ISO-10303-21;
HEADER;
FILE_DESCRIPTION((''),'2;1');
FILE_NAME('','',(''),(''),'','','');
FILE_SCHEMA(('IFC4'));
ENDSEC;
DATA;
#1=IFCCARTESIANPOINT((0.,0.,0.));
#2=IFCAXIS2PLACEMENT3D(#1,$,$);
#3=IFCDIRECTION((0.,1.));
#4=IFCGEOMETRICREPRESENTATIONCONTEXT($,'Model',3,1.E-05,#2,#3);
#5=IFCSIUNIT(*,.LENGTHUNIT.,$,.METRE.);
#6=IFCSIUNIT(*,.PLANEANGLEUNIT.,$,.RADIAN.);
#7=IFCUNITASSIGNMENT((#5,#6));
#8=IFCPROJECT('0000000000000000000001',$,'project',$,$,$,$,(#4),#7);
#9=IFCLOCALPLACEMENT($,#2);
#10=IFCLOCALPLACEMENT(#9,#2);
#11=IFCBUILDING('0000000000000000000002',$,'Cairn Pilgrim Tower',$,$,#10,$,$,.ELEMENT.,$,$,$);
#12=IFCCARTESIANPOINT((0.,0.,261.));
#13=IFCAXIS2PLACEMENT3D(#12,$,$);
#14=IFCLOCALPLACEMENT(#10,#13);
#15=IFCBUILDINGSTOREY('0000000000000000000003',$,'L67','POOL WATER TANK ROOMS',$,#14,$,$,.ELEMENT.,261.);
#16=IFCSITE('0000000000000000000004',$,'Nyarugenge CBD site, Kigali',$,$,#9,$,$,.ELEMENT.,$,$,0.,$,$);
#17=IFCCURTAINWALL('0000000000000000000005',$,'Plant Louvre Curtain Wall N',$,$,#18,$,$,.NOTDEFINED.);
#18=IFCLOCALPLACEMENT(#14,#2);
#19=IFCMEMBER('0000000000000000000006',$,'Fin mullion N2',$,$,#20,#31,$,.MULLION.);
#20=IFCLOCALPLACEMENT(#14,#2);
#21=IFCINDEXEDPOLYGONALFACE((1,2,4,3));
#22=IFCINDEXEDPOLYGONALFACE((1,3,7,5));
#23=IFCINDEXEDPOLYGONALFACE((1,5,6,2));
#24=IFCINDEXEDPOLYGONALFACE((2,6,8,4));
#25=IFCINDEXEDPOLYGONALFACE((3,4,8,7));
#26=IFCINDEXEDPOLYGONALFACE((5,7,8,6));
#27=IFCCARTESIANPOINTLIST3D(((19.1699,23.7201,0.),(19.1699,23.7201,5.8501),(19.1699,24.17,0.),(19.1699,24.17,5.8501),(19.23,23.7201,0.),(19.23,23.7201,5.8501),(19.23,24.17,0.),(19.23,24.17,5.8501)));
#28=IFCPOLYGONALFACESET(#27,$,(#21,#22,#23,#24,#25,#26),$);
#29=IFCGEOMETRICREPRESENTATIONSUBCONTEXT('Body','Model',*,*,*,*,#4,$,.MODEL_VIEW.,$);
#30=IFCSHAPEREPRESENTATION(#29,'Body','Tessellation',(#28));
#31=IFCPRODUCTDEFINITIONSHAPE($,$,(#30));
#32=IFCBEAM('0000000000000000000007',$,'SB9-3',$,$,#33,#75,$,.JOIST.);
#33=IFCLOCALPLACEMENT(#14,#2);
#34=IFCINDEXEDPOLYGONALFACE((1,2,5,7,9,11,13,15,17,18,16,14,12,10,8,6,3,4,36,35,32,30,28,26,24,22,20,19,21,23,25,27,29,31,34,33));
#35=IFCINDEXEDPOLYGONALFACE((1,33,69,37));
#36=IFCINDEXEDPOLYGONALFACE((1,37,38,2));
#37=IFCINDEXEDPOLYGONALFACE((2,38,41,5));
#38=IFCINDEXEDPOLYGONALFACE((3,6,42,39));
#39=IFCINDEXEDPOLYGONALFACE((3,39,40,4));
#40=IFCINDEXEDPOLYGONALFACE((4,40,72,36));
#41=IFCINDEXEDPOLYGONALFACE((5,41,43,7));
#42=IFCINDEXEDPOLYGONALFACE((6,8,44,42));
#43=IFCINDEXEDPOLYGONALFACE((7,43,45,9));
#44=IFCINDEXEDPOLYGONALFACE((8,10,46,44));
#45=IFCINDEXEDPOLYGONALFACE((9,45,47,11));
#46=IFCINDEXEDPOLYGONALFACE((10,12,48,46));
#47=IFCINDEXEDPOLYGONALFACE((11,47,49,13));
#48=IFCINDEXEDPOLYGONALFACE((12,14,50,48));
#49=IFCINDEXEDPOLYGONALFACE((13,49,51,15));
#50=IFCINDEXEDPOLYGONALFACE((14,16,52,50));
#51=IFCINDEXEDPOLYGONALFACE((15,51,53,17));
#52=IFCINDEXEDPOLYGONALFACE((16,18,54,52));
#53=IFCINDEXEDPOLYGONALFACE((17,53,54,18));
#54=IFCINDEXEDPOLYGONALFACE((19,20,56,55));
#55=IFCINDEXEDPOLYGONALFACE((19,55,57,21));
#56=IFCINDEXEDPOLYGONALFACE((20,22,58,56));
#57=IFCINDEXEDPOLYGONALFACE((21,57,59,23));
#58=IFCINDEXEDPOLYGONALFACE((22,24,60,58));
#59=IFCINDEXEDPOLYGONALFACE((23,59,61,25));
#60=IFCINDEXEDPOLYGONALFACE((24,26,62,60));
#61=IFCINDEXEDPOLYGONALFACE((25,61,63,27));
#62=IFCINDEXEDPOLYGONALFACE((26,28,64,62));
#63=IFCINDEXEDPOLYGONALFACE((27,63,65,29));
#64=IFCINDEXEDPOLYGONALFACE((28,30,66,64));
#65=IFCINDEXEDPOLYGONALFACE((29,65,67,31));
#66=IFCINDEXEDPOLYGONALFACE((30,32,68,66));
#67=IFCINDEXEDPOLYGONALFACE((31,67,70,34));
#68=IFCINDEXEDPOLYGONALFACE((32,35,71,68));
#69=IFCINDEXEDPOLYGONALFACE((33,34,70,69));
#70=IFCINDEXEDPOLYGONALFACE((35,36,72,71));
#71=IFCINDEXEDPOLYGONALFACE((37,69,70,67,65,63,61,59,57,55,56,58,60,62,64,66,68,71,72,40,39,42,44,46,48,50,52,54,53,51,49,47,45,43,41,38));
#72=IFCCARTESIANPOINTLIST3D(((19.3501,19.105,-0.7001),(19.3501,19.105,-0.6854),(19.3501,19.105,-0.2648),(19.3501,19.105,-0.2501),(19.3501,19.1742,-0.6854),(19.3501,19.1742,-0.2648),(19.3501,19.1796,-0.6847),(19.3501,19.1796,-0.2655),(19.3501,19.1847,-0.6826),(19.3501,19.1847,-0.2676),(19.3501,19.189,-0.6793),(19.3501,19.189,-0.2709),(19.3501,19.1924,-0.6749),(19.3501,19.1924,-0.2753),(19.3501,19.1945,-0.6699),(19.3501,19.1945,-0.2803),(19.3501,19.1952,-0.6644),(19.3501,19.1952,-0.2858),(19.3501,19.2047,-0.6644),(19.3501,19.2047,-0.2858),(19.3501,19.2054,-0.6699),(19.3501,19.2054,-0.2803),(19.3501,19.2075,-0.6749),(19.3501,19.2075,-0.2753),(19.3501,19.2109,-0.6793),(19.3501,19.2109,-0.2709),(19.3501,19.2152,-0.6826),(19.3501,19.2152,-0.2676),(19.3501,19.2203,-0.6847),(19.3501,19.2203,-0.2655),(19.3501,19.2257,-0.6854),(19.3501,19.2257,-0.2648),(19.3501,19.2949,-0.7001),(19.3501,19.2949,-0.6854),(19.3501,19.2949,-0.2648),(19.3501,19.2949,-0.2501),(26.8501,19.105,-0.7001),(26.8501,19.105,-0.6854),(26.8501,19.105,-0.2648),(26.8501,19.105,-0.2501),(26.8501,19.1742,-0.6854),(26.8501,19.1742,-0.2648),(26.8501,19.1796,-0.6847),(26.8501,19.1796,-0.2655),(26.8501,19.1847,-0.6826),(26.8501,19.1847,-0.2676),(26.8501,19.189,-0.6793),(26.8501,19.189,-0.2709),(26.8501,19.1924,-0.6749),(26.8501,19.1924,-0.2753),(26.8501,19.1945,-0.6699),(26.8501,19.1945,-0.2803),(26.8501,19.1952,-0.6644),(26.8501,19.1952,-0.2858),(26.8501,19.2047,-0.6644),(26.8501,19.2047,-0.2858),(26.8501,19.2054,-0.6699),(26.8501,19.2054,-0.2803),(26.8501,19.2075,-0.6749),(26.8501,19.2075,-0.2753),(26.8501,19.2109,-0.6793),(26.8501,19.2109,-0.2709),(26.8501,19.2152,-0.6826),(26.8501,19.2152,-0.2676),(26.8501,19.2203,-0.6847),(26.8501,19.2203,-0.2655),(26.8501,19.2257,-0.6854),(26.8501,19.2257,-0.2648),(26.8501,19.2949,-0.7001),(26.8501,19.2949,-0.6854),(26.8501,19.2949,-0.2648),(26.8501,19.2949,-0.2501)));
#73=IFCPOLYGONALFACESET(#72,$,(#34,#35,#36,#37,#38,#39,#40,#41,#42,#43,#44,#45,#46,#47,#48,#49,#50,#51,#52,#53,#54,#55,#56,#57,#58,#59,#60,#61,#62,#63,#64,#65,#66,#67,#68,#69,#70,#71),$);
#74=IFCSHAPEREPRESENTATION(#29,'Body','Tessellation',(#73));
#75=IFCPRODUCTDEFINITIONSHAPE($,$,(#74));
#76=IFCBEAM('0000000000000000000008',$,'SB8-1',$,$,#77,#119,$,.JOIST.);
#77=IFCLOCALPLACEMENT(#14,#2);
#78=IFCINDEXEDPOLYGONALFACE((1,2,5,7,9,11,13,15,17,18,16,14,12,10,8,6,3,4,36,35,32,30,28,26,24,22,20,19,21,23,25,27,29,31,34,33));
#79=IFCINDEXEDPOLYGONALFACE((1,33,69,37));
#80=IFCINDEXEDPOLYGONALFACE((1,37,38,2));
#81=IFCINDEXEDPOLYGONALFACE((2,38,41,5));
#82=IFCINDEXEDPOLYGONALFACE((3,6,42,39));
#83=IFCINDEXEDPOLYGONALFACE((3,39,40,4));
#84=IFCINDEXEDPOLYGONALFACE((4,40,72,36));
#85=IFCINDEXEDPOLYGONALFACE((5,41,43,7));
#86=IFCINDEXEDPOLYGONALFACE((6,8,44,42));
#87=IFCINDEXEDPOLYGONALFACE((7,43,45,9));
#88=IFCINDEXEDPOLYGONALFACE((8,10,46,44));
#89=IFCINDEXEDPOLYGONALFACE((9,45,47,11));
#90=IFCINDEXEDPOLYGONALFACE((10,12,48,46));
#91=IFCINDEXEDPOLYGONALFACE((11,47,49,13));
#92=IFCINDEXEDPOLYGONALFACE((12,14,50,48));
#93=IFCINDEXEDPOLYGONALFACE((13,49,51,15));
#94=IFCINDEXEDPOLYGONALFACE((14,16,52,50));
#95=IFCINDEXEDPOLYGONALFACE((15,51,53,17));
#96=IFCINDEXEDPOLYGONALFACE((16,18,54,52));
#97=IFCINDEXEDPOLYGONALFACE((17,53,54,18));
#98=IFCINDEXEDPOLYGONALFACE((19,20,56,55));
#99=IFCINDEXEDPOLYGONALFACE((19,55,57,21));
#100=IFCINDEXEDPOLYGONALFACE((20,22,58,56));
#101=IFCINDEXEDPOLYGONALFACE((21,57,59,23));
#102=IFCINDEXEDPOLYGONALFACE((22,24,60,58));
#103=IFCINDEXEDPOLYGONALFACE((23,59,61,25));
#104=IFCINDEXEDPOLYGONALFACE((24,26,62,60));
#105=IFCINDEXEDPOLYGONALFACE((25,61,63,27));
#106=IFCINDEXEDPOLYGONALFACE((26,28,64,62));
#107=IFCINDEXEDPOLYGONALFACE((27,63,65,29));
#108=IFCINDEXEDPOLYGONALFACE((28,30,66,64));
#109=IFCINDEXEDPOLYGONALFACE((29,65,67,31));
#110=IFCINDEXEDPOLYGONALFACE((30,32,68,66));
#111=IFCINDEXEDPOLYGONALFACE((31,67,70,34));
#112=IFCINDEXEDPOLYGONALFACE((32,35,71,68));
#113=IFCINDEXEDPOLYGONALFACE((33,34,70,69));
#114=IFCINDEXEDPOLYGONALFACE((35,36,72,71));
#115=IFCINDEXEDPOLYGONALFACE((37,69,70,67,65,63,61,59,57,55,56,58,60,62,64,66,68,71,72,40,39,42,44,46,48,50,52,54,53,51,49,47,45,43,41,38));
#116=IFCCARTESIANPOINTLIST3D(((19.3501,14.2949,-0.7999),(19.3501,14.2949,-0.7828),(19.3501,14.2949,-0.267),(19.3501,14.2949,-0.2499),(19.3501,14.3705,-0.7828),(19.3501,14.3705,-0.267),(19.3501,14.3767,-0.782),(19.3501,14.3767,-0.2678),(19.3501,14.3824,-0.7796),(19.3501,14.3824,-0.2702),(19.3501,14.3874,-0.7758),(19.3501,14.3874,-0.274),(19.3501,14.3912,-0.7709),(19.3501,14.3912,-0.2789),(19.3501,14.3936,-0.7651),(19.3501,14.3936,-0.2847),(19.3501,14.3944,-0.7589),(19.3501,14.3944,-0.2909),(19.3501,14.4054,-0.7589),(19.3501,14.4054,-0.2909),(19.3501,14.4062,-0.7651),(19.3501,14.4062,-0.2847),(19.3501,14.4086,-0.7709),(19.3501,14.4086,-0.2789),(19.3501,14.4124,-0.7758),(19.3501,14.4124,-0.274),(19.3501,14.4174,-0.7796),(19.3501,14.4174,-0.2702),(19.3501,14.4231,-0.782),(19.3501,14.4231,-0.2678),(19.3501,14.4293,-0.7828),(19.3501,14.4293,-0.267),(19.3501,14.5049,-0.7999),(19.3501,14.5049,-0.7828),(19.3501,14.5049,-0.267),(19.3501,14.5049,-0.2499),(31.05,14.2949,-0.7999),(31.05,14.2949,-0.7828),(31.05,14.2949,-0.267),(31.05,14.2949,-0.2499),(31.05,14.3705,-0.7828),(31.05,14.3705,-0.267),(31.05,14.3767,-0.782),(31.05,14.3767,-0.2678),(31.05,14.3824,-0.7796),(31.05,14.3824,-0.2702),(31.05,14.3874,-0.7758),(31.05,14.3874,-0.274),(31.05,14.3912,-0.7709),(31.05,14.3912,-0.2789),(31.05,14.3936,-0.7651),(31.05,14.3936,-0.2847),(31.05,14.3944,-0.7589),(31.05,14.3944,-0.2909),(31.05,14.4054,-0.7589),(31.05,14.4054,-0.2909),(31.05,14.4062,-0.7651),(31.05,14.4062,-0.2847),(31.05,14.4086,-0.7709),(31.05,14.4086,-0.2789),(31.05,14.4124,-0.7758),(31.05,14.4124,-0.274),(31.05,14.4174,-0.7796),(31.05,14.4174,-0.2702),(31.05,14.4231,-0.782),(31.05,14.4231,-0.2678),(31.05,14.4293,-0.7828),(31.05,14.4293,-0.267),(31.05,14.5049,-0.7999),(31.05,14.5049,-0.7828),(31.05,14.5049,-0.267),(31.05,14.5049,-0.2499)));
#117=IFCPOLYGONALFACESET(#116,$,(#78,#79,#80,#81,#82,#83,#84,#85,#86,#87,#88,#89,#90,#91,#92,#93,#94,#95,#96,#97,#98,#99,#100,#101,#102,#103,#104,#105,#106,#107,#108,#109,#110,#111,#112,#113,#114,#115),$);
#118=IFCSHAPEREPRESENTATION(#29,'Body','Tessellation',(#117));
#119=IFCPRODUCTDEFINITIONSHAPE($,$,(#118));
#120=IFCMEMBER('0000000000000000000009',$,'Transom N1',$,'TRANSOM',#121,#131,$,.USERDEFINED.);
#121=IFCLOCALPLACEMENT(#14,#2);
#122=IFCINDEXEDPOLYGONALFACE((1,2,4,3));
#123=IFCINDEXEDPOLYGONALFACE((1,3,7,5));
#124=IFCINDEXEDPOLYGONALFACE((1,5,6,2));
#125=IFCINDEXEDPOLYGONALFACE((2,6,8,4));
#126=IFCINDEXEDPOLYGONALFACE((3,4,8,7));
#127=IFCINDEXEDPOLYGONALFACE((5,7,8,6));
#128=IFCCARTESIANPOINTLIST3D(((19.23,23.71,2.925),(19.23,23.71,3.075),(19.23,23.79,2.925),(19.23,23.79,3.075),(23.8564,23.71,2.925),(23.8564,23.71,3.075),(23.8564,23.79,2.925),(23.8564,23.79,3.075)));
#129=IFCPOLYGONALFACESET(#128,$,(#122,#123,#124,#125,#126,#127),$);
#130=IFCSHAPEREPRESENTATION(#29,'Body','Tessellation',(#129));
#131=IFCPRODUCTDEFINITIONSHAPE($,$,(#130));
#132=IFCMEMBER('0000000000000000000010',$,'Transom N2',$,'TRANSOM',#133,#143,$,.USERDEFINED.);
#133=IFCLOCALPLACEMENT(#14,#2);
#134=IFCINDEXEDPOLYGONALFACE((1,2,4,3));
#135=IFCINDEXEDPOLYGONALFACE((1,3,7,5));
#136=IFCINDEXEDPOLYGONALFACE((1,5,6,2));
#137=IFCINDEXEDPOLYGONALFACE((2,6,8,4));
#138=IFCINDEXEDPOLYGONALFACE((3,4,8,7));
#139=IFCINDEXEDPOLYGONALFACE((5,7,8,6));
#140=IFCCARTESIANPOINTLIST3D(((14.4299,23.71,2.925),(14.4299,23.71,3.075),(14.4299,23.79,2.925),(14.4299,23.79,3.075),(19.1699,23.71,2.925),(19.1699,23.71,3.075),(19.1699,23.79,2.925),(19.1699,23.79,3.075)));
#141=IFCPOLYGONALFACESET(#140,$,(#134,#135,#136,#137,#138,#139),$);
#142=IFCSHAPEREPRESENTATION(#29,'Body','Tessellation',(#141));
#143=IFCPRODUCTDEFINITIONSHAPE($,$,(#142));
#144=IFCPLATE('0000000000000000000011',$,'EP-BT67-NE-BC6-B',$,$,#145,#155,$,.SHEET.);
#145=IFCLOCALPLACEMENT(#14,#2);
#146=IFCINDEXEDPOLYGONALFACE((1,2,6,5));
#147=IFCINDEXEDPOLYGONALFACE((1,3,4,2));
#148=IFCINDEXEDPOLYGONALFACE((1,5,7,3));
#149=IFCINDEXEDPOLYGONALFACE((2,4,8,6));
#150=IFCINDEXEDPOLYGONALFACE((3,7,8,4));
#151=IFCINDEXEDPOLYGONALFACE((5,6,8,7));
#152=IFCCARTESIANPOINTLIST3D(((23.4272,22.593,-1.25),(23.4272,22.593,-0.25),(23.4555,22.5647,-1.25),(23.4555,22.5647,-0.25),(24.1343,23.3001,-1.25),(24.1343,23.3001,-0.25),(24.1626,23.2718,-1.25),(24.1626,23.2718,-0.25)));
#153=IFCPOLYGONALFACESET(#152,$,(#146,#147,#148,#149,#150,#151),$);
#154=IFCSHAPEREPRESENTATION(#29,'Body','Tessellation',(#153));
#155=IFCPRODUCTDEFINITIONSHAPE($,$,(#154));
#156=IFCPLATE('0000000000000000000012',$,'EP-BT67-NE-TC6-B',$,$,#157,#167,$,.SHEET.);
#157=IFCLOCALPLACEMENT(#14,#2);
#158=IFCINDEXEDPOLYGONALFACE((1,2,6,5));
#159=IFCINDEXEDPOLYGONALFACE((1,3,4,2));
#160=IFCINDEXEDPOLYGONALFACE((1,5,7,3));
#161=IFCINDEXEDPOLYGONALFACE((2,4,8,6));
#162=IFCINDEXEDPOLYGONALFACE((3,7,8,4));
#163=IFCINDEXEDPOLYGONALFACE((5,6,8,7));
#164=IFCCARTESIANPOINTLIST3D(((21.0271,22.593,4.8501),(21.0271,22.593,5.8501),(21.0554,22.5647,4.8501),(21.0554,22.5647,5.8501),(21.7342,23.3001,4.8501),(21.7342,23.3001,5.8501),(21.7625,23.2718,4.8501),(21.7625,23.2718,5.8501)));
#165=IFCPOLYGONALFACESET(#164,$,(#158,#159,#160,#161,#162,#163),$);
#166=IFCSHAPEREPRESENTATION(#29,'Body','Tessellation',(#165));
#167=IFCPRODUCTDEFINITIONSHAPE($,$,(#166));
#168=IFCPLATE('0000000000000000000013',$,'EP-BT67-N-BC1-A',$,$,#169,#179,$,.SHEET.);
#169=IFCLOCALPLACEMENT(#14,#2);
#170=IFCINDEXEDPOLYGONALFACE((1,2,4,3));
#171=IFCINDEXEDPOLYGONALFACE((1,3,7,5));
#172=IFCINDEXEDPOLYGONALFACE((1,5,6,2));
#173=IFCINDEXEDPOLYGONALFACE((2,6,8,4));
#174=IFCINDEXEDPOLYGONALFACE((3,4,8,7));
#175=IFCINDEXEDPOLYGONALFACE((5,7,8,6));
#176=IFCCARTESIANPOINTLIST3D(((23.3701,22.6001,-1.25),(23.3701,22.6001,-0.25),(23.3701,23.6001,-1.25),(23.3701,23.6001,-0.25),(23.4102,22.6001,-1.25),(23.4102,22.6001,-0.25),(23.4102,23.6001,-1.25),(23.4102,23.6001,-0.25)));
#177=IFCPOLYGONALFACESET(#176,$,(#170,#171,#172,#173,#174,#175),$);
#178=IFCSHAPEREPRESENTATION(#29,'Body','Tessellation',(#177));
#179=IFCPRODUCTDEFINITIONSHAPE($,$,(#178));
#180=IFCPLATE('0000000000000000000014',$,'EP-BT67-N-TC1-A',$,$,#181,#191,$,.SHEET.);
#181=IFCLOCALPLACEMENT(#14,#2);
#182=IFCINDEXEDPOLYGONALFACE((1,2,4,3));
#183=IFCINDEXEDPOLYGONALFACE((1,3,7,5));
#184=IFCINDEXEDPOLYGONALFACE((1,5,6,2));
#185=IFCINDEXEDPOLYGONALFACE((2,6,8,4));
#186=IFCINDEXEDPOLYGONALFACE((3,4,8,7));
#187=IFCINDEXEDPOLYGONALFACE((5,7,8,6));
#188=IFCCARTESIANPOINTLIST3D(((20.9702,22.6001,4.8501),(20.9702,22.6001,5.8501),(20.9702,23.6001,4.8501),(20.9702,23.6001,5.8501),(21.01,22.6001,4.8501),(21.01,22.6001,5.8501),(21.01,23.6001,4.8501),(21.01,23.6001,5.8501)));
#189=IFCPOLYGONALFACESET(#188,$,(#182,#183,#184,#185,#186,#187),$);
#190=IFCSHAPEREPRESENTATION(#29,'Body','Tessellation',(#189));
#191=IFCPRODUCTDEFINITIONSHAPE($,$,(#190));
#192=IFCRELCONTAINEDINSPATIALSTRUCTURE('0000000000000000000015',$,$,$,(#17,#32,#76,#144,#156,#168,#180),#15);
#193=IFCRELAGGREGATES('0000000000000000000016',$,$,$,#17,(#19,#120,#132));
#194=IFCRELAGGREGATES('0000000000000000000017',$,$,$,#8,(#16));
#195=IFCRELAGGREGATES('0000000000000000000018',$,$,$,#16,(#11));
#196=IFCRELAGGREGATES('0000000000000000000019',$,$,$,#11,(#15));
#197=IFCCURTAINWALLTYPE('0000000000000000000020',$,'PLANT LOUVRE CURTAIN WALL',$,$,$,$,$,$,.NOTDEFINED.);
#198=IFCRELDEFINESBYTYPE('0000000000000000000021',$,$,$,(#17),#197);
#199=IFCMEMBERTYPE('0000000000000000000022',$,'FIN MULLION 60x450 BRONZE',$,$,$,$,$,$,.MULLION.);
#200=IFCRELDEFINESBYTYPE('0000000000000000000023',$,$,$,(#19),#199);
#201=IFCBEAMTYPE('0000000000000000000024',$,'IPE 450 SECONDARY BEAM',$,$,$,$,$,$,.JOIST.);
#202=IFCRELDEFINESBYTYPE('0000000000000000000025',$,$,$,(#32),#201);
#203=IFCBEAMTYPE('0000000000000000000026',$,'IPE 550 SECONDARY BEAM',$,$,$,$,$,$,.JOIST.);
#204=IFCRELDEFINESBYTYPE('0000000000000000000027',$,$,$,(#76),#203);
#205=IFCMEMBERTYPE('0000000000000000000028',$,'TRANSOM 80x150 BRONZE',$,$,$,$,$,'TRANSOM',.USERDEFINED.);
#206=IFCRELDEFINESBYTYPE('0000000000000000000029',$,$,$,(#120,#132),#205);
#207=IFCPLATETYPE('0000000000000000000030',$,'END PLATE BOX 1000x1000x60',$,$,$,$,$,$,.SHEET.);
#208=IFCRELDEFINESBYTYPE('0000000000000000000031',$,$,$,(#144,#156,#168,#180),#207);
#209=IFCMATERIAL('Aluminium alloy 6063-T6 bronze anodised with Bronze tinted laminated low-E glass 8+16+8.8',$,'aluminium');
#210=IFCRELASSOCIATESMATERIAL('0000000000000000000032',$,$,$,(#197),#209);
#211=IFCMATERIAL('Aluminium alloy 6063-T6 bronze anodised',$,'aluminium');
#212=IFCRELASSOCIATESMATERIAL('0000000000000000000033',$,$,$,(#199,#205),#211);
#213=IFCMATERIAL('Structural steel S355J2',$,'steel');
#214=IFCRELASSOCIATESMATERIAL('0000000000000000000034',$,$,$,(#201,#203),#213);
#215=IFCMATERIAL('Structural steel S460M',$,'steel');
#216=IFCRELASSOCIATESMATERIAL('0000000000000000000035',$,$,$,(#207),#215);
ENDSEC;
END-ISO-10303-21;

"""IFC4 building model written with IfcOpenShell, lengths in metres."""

from ifc_helpers import new_model, si_unit, direction, frame, origin, origin_2d, place, context, subcontext, project, spatial, rectangle, i_section, extrude, material, material_profile, profile_set, type_object, element, aggregate, save


model = new_model("IFC4")

# Units and contexts
model_context = context("Model", 3, precision=1e-05, world=origin(), true_north=direction((0.0, 1.0)))
body_context = subcontext(model_context, "Body", "Model", "MODEL_VIEW")
ifc_project = project(units=[si_unit("LENGTHUNIT", "METRE"), si_unit("PLANEANGLEUNIT", "RADIAN")], contexts=[model_context])

# Site, building, storey
site_placement = place(None, origin())
site = spatial("IfcSite", under=ifc_project, at=site_placement, Name="Nyarugenge CBD site, Kigali", CompositionType="ELEMENT", RefElevation=0.0)
building_placement = place(site_placement, origin())
building = spatial("IfcBuilding", under=site, at=building_placement, Name="Cairn Pilgrim Tower", CompositionType="ELEMENT")
storey_placement = place(building_placement, frame((0.0, 0.0, 261.0)))
storey = spatial("IfcBuildingStorey", under=building, at=storey_placement, Name="L67", Description="POOL WATER TANK ROOMS", CompositionType="ELEMENT", Elevation=261.0)

# Shared definitions
ifc_material_1 = material(Name="Structural steel S460M", Category="steel")
ifc_material_2 = material(Name="Structural steel S355J2", Category="steel")

# Curtain wall, member
ifc_material_3 = material(Name="Aluminium alloy 6063-T6 bronze anodised with Bronze tinted laminated low-E glass 8+16+8.8", Category="aluminium")
curtain_wall_type = type_object("IfcCurtainWallType", Name="PLANT LOUVRE CURTAIN WALL", PredefinedType="NOTDEFINED", material=ifc_material_3)
curtain_wall_placement = place(storey_placement, origin())
curtain_wall = element("IfcCurtainWall", 1, at=curtain_wall_placement, inside=storey, type_object=curtain_wall_type, Name="Plant Louvre Curtain Wall N", PredefinedType="NOTDEFINED")
ifc_material_4 = material(Name="Aluminium alloy 6063-T6 bronze anodised", Category="aluminium")
ifc_material_profile_1 = material_profile(ifc_material_4, rectangle(XDim=0.45, YDim=0.0601, at=origin_2d()), Name="FIN MULLION 60x450 BRONZE")
ifc_profile_set_1 = profile_set([ifc_material_profile_1], Name="Aluminium alloy 6063-T6 bronze anodised")
member_type_1 = type_object("IfcMemberType", Name="FIN MULLION 60x450 BRONZE", PredefinedType="MULLION", material=ifc_profile_set_1)
member_1_placement = place(storey_placement, frame((19.2, 23.9451, 0.0), z_axis=(0.0, 0.0, 1.0), x_axis=(0.0, 1.0, 0.0)))
member_1 = element("IfcMember", 2, at=member_1_placement, type_object=member_type_1, Name="Fin mullion N2", PredefinedType="MULLION", context=body_context, shape_type="SweptSolid", body=[
    extrude(rectangle(XDim=0.45, YDim=0.0601, at=origin_2d()), origin(), (0.0, 0.0, 1.0), 5.8501),
])

# Beams
ifc_material_profile_2 = material_profile(ifc_material_2, i_section(OverallWidth=0.1899, OverallDepth=0.45, WebThickness=0.0095, FlangeThickness=0.0146, FilletRadius=0.021, at=origin_2d()), Name="IPE 450")
ifc_profile_set_2 = profile_set([ifc_material_profile_2], Name="Structural steel S355J2")
beam_type_1 = type_object("IfcBeamType", Name="IPE 450 SECONDARY BEAM", PredefinedType="JOIST", material=ifc_profile_set_2)
beam_1_placement = place(storey_placement, frame((19.3501, 19.2, -0.4751), z_axis=(1.0, 0.0, 0.0), x_axis=(0.0, 1.0, 0.0)))
element("IfcBeam", 3, at=beam_1_placement, inside=storey, type_object=beam_type_1, Name="SB9-3", PredefinedType="JOIST", context=body_context, shape_type="SweptSolid", body=[
    extrude(i_section(OverallWidth=0.1899, OverallDepth=0.45, WebThickness=0.0095, FlangeThickness=0.0146, FilletRadius=0.021, at=origin_2d()), origin(), (0.0, 0.0, 1.0), 7.5),
])
ifc_material_profile_3 = material_profile(ifc_material_2, i_section(OverallWidth=0.21, OverallDepth=0.55, WebThickness=0.011, FlangeThickness=0.0171, FilletRadius=0.0239, at=origin_2d()), Name="IPE 550")
ifc_profile_set_3 = profile_set([ifc_material_profile_3], Name="Structural steel S355J2")
beam_type_2 = type_object("IfcBeamType", Name="IPE 550 SECONDARY BEAM", PredefinedType="JOIST", material=ifc_profile_set_3)
beam_2_placement = place(storey_placement, frame((19.3501, 14.3999, -0.5249), z_axis=(1.0, 0.0, 0.0), x_axis=(0.0, 1.0, 0.0)))
element("IfcBeam", 4, at=beam_2_placement, inside=storey, type_object=beam_type_2, Name="SB8-1", PredefinedType="JOIST", context=body_context, shape_type="SweptSolid", body=[
    extrude(i_section(OverallWidth=0.21, OverallDepth=0.55, WebThickness=0.011, FlangeThickness=0.0171, FilletRadius=0.0239, at=origin_2d()), origin(), (0.0, 0.0, 1.0), 11.7),
])

# Members
ifc_material_profile_4 = material_profile(ifc_material_4, rectangle(XDim=0.0801, YDim=0.1499, at=origin_2d()), Name="TRANSOM 80x150 BRONZE")
ifc_profile_set_4 = profile_set([ifc_material_profile_4], Name="Aluminium alloy 6063-T6 bronze anodised")
member_type_2 = type_object("IfcMemberType", Name="TRANSOM 80x150 BRONZE", ElementType="TRANSOM", PredefinedType="USERDEFINED", material=ifc_profile_set_4)
member_2_placement = place(storey_placement, frame((23.8564, 23.75, 3.0), z_axis=(-1.0, 0.0, 0.0), x_axis=(0.0, -1.0, 0.0)))
member_2 = element("IfcMember", 5, at=member_2_placement, type_object=member_type_2, Name="Transom N1", ObjectType="TRANSOM", PredefinedType="USERDEFINED", context=body_context, shape_type="SweptSolid", body=[
    extrude(rectangle(XDim=0.0801, YDim=0.1499, at=origin_2d()), origin(), (0.0, 0.0, 1.0), 4.6265),
])
member_3_placement = place(storey_placement, frame((19.1699, 23.75, 3.0), z_axis=(-1.0, 0.0, 0.0), x_axis=(0.0, -1.0, 0.0)))
member_3 = element("IfcMember", 6, at=member_3_placement, type_object=member_type_2, Name="Transom N2", ObjectType="TRANSOM", PredefinedType="USERDEFINED", context=body_context, shape_type="SweptSolid", body=[
    extrude(rectangle(XDim=0.0801, YDim=0.1499, at=origin_2d()), origin(), (0.0, 0.0, 1.0), 4.74),
])

# Plates
ifc_material_profile_5 = material_profile(ifc_material_1, rectangle(XDim=1.0, YDim=1.0, at=origin_2d()), Name="END PLATE BOX 1000x1000x60")
ifc_profile_set_5 = profile_set([ifc_material_profile_5], Name="Structural steel S460M")
plate_type_1 = type_object("IfcPlateType", Name="END PLATE BOX 1000x1000x60", PredefinedType="SHEET", material=ifc_profile_set_5)
for number, where, z_axis, x_axis, name in (
    (7, (23.8091, 22.9182, -0.75), (-0.707107, 0.707107, 0.0), (-0.707107, -0.707107, 0.0), "EP-BT67-NE-BC6-B"),
    (8, (21.4089, 22.9182, 5.3501), (-0.707107, 0.707107, 0.0), (-0.707107, -0.707107, 0.0), "EP-BT67-NE-TC6-B"),
    (9, (23.3701, 23.1001, -0.75), (1.0, 0.0, 0.0), (0.0, 1.0, 0.0), "EP-BT67-N-BC1-A"),
):
    element("IfcPlate", number, at=place(storey_placement, frame(where, z_axis=z_axis, x_axis=x_axis)), inside=storey, type_object=plate_type_1, Name=name, PredefinedType="SHEET", context=body_context, shape_type="SweptSolid", body=[
        extrude(rectangle(XDim=1.0, YDim=1.0, at=origin_2d()), origin(), (0.0, 0.0, 1.0), 0.04),
    ])
plate_1_placement = place(storey_placement, frame((20.9702, 23.1001, 5.3501), z_axis=(1.0, 0.0, 0.0), x_axis=(0.0, 1.0, 0.0)))
element("IfcPlate", 10, at=plate_1_placement, inside=storey, type_object=plate_type_1, Name="EP-BT67-N-TC1-A", PredefinedType="SHEET", context=body_context, shape_type="SweptSolid", body=[
    extrude(rectangle(XDim=1.0, YDim=1.0, at=origin_2d()), origin(), (0.0, 0.0, 1.0), 0.0398),
])

aggregate(curtain_wall, [member_1, member_2, member_3])

save(model, "model.ifc")
